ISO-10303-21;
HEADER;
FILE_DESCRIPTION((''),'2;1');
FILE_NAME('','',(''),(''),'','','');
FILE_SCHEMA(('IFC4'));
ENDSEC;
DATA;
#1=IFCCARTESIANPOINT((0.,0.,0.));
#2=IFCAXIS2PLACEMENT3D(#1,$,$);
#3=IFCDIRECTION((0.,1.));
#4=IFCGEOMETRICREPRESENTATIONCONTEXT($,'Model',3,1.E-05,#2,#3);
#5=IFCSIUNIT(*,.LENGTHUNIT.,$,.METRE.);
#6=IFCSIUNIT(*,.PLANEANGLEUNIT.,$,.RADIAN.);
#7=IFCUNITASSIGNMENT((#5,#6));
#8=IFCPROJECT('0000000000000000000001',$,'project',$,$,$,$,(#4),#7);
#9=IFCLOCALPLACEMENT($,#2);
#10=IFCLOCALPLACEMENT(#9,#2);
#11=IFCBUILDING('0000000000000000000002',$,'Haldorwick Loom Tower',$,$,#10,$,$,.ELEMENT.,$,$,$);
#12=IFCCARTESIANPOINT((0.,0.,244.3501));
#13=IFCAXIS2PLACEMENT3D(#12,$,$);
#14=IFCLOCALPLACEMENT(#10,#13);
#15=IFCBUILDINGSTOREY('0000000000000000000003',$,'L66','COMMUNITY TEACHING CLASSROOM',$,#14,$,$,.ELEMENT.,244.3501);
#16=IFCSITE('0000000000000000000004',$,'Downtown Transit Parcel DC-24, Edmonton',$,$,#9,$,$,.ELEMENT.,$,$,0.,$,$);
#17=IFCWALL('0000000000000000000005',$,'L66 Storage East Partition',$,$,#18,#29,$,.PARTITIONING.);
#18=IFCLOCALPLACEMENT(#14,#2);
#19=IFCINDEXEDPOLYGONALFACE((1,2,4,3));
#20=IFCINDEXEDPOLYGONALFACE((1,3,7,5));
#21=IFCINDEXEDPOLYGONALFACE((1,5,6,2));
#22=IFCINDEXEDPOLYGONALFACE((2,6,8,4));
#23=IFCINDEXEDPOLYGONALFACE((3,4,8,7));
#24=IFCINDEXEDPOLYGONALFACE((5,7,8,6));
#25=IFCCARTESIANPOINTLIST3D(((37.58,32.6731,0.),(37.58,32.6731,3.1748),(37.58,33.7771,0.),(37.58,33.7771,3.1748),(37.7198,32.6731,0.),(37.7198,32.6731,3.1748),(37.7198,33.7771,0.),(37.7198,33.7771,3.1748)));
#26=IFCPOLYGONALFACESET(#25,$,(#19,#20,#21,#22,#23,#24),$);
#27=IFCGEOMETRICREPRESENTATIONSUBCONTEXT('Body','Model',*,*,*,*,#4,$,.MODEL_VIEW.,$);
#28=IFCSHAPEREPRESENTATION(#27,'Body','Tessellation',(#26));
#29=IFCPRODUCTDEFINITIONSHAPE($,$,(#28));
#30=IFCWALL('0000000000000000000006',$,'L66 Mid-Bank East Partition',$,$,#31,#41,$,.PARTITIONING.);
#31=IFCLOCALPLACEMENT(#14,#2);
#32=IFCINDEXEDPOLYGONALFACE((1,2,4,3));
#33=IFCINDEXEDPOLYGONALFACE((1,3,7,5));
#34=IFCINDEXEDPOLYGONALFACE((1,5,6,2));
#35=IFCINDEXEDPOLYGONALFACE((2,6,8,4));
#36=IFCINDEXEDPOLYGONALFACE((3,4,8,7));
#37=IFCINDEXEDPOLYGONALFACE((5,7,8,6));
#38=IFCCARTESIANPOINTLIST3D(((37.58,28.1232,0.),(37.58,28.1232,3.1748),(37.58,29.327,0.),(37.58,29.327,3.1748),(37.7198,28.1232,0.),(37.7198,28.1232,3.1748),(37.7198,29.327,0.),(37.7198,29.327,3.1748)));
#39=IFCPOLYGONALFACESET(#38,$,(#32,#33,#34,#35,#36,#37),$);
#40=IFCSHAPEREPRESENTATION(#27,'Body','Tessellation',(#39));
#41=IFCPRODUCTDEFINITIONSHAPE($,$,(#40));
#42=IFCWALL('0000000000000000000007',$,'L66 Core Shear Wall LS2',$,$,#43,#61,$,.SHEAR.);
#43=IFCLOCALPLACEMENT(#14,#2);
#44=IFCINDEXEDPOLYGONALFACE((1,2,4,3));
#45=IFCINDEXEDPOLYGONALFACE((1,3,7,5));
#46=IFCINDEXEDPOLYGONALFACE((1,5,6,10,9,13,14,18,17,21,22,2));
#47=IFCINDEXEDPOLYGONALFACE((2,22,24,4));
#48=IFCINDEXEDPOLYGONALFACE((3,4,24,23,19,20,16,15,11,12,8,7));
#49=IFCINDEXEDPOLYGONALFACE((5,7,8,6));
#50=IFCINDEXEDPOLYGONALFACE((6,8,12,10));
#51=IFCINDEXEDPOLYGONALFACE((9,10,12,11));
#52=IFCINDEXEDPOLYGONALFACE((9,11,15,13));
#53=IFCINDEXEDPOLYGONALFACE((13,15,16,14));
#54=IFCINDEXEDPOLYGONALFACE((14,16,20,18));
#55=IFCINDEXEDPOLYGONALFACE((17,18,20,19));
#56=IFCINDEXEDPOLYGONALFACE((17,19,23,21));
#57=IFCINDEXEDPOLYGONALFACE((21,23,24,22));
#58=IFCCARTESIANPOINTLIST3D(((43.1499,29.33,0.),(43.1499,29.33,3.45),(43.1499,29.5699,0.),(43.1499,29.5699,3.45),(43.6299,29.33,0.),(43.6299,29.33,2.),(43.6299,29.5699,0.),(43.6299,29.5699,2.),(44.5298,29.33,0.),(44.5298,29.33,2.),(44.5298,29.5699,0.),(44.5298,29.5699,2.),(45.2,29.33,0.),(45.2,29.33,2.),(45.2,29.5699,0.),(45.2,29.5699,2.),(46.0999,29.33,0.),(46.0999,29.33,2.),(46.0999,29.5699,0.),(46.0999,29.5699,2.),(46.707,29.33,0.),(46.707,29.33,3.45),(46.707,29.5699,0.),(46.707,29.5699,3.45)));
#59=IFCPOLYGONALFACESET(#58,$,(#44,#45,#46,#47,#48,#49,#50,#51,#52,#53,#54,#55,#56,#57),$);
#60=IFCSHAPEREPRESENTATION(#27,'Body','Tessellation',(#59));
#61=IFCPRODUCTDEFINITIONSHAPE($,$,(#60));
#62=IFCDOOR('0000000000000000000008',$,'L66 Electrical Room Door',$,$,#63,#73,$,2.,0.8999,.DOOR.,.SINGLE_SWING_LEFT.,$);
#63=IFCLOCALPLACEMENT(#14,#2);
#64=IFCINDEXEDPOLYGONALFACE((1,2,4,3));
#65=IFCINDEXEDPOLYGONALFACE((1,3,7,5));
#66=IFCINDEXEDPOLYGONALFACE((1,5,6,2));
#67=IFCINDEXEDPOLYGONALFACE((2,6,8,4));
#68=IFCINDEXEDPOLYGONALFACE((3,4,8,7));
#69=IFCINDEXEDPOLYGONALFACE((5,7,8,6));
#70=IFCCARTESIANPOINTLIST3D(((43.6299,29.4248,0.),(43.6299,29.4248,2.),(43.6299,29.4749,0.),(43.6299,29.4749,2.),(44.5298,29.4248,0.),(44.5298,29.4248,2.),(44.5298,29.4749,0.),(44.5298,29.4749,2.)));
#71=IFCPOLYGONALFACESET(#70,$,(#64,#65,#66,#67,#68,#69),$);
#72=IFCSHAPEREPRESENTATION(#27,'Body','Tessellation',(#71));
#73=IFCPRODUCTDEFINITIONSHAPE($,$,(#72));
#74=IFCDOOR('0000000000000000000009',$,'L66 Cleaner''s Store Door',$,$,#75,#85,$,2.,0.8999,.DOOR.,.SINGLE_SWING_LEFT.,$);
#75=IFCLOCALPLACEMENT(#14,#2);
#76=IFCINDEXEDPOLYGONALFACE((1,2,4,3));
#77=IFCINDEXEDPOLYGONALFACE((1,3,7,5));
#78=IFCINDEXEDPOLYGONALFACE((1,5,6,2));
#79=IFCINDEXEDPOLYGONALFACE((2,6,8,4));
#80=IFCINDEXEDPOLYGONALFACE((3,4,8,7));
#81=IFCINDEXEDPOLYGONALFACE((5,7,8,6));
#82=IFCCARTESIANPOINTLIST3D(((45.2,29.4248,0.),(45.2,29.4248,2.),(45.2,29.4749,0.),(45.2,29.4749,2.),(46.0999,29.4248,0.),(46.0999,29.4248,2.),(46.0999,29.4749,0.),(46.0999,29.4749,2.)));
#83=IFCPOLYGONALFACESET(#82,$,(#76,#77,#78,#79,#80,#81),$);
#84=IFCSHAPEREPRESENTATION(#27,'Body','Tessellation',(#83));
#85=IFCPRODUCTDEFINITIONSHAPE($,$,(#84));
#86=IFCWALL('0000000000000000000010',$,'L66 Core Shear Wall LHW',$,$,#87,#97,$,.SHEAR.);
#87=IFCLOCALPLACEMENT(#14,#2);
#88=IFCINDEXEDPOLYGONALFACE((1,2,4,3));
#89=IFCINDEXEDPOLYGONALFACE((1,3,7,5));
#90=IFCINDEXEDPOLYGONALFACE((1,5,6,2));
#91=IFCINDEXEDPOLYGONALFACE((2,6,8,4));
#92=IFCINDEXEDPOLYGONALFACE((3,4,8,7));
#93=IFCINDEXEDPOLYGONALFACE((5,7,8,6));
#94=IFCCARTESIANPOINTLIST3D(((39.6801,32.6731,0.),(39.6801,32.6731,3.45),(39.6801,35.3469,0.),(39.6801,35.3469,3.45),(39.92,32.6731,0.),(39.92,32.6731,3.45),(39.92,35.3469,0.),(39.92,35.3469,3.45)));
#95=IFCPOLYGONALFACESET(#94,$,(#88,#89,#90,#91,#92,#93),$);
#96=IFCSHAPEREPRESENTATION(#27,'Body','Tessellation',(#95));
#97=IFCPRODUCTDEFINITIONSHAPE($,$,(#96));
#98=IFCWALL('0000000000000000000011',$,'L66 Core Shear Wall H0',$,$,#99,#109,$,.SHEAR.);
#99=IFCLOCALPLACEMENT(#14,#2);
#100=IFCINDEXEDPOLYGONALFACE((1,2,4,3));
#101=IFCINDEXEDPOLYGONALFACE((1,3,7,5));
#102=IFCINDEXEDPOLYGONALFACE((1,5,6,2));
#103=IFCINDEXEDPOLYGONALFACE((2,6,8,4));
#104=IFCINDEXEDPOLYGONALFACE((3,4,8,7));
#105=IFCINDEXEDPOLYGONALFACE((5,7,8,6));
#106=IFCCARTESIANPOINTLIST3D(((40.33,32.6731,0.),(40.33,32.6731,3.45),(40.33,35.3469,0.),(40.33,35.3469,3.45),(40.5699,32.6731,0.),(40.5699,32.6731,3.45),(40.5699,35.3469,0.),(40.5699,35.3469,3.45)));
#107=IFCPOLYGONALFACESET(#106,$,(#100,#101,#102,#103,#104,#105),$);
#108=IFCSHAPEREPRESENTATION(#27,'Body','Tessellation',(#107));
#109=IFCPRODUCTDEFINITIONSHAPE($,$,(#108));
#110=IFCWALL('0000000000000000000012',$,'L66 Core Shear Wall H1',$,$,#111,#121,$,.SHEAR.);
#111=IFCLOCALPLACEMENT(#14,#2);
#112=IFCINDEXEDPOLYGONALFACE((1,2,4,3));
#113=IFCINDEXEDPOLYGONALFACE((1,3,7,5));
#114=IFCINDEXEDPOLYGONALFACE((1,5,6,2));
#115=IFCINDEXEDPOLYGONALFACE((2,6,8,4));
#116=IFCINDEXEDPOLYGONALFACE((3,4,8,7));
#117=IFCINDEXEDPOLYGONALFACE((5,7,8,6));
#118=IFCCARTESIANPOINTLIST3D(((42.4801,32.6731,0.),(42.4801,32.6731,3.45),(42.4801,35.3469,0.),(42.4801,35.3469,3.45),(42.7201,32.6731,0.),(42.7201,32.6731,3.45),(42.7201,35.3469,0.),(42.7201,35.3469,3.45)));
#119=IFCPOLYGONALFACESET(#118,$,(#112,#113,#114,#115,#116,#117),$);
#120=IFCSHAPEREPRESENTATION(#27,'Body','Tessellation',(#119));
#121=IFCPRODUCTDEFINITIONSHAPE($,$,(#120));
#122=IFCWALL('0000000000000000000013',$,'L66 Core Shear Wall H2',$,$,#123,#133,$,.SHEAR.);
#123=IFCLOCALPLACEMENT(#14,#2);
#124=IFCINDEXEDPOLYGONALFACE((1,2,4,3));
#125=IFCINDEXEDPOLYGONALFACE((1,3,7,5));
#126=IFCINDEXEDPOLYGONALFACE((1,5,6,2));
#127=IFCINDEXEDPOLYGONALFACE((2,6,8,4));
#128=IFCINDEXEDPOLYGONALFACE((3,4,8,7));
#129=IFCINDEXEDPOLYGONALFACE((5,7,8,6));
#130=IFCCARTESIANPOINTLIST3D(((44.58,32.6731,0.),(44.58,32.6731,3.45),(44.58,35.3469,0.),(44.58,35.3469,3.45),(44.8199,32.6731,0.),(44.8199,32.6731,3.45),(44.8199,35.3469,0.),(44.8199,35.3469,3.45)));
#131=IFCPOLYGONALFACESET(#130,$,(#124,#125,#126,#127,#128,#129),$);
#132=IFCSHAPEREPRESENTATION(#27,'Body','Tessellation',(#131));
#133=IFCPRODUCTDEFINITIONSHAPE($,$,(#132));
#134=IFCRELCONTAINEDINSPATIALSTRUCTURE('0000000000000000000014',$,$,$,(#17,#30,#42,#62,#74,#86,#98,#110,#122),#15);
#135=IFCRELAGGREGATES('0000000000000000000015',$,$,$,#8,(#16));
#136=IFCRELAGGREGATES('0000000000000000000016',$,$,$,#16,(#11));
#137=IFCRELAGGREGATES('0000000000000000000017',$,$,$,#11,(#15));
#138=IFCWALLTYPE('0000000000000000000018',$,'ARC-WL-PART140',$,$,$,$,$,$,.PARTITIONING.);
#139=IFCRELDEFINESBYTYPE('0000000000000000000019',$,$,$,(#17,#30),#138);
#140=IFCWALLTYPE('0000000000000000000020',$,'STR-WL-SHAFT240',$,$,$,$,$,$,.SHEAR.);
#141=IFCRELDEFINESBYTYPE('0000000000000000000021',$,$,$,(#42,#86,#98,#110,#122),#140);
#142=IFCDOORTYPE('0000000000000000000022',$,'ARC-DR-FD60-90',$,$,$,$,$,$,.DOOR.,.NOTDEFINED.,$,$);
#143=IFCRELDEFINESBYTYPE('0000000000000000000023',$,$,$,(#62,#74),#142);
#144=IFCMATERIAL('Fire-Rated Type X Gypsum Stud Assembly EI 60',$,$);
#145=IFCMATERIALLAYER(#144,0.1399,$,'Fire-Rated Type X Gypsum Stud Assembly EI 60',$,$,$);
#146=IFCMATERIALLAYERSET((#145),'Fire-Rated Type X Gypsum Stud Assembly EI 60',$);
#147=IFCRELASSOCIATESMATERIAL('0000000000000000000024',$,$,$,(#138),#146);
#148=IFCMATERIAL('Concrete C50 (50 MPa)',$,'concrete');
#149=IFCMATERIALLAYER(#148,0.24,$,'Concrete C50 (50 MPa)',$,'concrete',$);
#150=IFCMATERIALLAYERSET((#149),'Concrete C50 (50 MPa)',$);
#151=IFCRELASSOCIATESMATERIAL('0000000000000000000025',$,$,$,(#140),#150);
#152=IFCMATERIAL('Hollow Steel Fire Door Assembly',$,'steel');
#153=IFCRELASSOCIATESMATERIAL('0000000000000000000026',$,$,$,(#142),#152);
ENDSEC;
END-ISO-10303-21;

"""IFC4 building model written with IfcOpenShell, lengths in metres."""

from ifc_helpers import new_model, si_unit, direction, frame, frame_2d, origin, place, context, subcontext, project, spatial, rectangle, extrude, material, layer, layer_set, type_object, element, fill, save


model = new_model("IFC4")

# Units and contexts
model_context = context("Model", 3, precision=1e-05, world=origin(), true_north=direction((0.0, 1.0)))
body_context = subcontext(model_context, "Body", "Model", "MODEL_VIEW")
ifc_project = project(units=[si_unit("LENGTHUNIT", "METRE"), si_unit("PLANEANGLEUNIT", "RADIAN")], contexts=[model_context])

# Site, building, storey
site_placement = place(None, origin())
site = spatial("IfcSite", under=ifc_project, at=site_placement, Name="Downtown Transit Parcel DC-24, Edmonton", CompositionType="ELEMENT", RefElevation=0.0)
building_placement = place(site_placement, origin())
building = spatial("IfcBuilding", under=site, at=building_placement, Name="Haldorwick Loom Tower", CompositionType="ELEMENT")
storey_placement = place(building_placement, frame((0.0, 0.0, 244.3501)))
storey = spatial("IfcBuildingStorey", under=building, at=storey_placement, Name="L66", Description="COMMUNITY TEACHING CLASSROOM", CompositionType="ELEMENT", Elevation=244.3501)

# Shared definitions
ifc_material_1 = material(Name="Concrete C50 (50 MPa)", Category="concrete")

# Walls
ifc_material_2 = material(Name="Fire-Rated Type X Gypsum Stud Assembly EI 60")
ifc_layer_1 = layer(ifc_material_2, 0.1399, Name="Fire-Rated Type X Gypsum Stud Assembly EI 60")
ifc_layer_set_1 = layer_set([ifc_layer_1], Name="Fire-Rated Type X Gypsum Stud Assembly EI 60")
wall_type_1 = type_object("IfcWallType", Name="ARC-WL-PART140", PredefinedType="PARTITIONING", material=ifc_layer_set_1)
wall_1_placement = place(storey_placement, frame((37.6499, 32.6731, 0.0), z_axis=(0.0, 0.0, 1.0), x_axis=(0.0, 1.0, 0.0)))
element("IfcWall", 1, at=wall_1_placement, inside=storey, type_object=wall_type_1, Name="L66 Storage East Partition", PredefinedType="PARTITIONING", context=body_context, shape_type="SweptSolid", body=[
    extrude(rectangle(XDim=1.104, YDim=0.1399, at=frame_2d((0.552, 0.0))), origin(), (0.0, 0.0, 1.0), 3.1748),
])
wall_2_placement = place(storey_placement, frame((37.6499, 28.123, 0.0), z_axis=(0.0, 0.0, 1.0), x_axis=(0.0, 1.0, 0.0)))
element("IfcWall", 2, at=wall_2_placement, inside=storey, type_object=wall_type_1, Name="L66 Mid-Bank East Partition", PredefinedType="PARTITIONING", context=body_context, shape_type="SweptSolid", body=[
    extrude(rectangle(XDim=1.2039, YDim=0.1399, at=frame_2d((0.6021, 0.0))), origin(), (0.0, 0.0, 1.0), 3.1748),
])

# Wall, openings, doors
ifc_layer_2 = layer(ifc_material_1, 0.24, Name="Concrete C50 (50 MPa)", Category="concrete")
ifc_layer_set_2 = layer_set([ifc_layer_2], Name="Concrete C50 (50 MPa)")
wall_type_2 = type_object("IfcWallType", Name="STR-WL-SHAFT240", PredefinedType="SHEAR", material=ifc_layer_set_2)
wall_3_placement = place(storey_placement, frame((43.1499, 29.45, 0.0), z_axis=(0.0, 0.0, 1.0), x_axis=(1.0, 0.0, 0.0)))
wall_3 = element("IfcWall", 3, at=wall_3_placement, inside=storey, type_object=wall_type_2, Name="L66 Core Shear Wall LS2", PredefinedType="SHEAR", context=body_context, shape_type="SweptSolid", body=[
    extrude(rectangle(XDim=3.5571, YDim=0.24, at=frame_2d((1.7786, 0.0))), origin(), (0.0, 0.0, 1.0), 3.45),
])
opening_1_placement = place(wall_3_placement, frame((0.48, 0.0, 0.0)))
opening_1 = element("IfcOpeningElement", 4, at=opening_1_placement, cuts=wall_3, PredefinedType="OPENING", context=body_context, shape_type="SweptSolid", body=[
    extrude(rectangle(XDim=0.8999, YDim=2.0, at=frame_2d((0.45, 1.0))), frame((0.0, 0.1299, 0.0), z_axis=(0.0, -1.0, 0.0), x_axis=(1.0, 0.0, 0.0)), (0.0, 0.0, 1.0), 0.26),
])
opening_2_placement = place(wall_3_placement, frame((2.05, 0.0, 0.0)))
opening_2 = element("IfcOpeningElement", 5, at=opening_2_placement, cuts=wall_3, PredefinedType="OPENING", context=body_context, shape_type="SweptSolid", body=[
    extrude(rectangle(XDim=0.8999, YDim=2.0, at=frame_2d((0.45, 1.0))), frame((0.0, 0.1299, 0.0), z_axis=(0.0, -1.0, 0.0), x_axis=(1.0, 0.0, 0.0)), (0.0, 0.0, 1.0), 0.26),
])
ifc_material_3 = material(Name="Hollow Steel Fire Door Assembly", Category="steel")
door_type = type_object("IfcDoorType", Name="ARC-DR-FD60-90", OperationType="NOTDEFINED", PredefinedType="DOOR", material=ifc_material_3)
door_1_placement = place(opening_1_placement, origin())
door_1 = element("IfcDoor", 6, at=door_1_placement, inside=storey, type_object=door_type, Name="L66 Electrical Room Door", OperationType="SINGLE_SWING_LEFT", OverallHeight=2.0, OverallWidth=0.8999, PredefinedType="DOOR", context=body_context, shape_type="SweptSolid", body=[
    extrude(rectangle(XDim=0.8999, YDim=2.0, at=frame_2d((0.45, 1.0))), frame((0.0, 0.0249, 0.0), z_axis=(0.0, -1.0, 0.0), x_axis=(1.0, 0.0, 0.0)), (0.0, 0.0, 1.0), 0.05),
])
fill(opening_1, door_1)
door_2_placement = place(opening_2_placement, origin())
door_2 = element("IfcDoor", 7, at=door_2_placement, inside=storey, type_object=door_type, Name="L66 Cleaner's Store Door", OperationType="SINGLE_SWING_LEFT", OverallHeight=2.0, OverallWidth=0.8999, PredefinedType="DOOR", context=body_context, shape_type="SweptSolid", body=[
    extrude(rectangle(XDim=0.8999, YDim=2.0, at=frame_2d((0.45, 1.0))), frame((0.0, 0.0249, 0.0), z_axis=(0.0, -1.0, 0.0), x_axis=(1.0, 0.0, 0.0)), (0.0, 0.0, 1.0), 0.05),
])
fill(opening_2, door_2)

# Walls
for number, where, z_axis, x_axis, name in (
    (8, (39.8, 32.6731, 0.0), (0.0, 0.0, 1.0), (0.0, 1.0, 0.0), "L66 Core Shear Wall LHW"),
    (9, (40.45, 32.6731, 0.0), (0.0, 0.0, 1.0), (0.0, 1.0, 0.0), "L66 Core Shear Wall H0"),
    (10, (42.6001, 32.6731, 0.0), (0.0, 0.0, 1.0), (0.0, 1.0, 0.0), "L66 Core Shear Wall H1"),
    (11, (44.7, 32.6731, 0.0), (0.0, 0.0, 1.0), (0.0, 1.0, 0.0), "L66 Core Shear Wall H2"),
):
    element("IfcWall", number, at=place(storey_placement, frame(where, z_axis=z_axis, x_axis=x_axis)), inside=storey, type_object=wall_type_2, Name=name, PredefinedType="SHEAR", context=body_context, shape_type="SweptSolid", body=[
        extrude(rectangle(XDim=2.6738, YDim=0.24, at=frame_2d((1.3369, 0.0))), origin(), (0.0, 0.0, 1.0), 3.45),
    ])

save(model, "model.ifc")
